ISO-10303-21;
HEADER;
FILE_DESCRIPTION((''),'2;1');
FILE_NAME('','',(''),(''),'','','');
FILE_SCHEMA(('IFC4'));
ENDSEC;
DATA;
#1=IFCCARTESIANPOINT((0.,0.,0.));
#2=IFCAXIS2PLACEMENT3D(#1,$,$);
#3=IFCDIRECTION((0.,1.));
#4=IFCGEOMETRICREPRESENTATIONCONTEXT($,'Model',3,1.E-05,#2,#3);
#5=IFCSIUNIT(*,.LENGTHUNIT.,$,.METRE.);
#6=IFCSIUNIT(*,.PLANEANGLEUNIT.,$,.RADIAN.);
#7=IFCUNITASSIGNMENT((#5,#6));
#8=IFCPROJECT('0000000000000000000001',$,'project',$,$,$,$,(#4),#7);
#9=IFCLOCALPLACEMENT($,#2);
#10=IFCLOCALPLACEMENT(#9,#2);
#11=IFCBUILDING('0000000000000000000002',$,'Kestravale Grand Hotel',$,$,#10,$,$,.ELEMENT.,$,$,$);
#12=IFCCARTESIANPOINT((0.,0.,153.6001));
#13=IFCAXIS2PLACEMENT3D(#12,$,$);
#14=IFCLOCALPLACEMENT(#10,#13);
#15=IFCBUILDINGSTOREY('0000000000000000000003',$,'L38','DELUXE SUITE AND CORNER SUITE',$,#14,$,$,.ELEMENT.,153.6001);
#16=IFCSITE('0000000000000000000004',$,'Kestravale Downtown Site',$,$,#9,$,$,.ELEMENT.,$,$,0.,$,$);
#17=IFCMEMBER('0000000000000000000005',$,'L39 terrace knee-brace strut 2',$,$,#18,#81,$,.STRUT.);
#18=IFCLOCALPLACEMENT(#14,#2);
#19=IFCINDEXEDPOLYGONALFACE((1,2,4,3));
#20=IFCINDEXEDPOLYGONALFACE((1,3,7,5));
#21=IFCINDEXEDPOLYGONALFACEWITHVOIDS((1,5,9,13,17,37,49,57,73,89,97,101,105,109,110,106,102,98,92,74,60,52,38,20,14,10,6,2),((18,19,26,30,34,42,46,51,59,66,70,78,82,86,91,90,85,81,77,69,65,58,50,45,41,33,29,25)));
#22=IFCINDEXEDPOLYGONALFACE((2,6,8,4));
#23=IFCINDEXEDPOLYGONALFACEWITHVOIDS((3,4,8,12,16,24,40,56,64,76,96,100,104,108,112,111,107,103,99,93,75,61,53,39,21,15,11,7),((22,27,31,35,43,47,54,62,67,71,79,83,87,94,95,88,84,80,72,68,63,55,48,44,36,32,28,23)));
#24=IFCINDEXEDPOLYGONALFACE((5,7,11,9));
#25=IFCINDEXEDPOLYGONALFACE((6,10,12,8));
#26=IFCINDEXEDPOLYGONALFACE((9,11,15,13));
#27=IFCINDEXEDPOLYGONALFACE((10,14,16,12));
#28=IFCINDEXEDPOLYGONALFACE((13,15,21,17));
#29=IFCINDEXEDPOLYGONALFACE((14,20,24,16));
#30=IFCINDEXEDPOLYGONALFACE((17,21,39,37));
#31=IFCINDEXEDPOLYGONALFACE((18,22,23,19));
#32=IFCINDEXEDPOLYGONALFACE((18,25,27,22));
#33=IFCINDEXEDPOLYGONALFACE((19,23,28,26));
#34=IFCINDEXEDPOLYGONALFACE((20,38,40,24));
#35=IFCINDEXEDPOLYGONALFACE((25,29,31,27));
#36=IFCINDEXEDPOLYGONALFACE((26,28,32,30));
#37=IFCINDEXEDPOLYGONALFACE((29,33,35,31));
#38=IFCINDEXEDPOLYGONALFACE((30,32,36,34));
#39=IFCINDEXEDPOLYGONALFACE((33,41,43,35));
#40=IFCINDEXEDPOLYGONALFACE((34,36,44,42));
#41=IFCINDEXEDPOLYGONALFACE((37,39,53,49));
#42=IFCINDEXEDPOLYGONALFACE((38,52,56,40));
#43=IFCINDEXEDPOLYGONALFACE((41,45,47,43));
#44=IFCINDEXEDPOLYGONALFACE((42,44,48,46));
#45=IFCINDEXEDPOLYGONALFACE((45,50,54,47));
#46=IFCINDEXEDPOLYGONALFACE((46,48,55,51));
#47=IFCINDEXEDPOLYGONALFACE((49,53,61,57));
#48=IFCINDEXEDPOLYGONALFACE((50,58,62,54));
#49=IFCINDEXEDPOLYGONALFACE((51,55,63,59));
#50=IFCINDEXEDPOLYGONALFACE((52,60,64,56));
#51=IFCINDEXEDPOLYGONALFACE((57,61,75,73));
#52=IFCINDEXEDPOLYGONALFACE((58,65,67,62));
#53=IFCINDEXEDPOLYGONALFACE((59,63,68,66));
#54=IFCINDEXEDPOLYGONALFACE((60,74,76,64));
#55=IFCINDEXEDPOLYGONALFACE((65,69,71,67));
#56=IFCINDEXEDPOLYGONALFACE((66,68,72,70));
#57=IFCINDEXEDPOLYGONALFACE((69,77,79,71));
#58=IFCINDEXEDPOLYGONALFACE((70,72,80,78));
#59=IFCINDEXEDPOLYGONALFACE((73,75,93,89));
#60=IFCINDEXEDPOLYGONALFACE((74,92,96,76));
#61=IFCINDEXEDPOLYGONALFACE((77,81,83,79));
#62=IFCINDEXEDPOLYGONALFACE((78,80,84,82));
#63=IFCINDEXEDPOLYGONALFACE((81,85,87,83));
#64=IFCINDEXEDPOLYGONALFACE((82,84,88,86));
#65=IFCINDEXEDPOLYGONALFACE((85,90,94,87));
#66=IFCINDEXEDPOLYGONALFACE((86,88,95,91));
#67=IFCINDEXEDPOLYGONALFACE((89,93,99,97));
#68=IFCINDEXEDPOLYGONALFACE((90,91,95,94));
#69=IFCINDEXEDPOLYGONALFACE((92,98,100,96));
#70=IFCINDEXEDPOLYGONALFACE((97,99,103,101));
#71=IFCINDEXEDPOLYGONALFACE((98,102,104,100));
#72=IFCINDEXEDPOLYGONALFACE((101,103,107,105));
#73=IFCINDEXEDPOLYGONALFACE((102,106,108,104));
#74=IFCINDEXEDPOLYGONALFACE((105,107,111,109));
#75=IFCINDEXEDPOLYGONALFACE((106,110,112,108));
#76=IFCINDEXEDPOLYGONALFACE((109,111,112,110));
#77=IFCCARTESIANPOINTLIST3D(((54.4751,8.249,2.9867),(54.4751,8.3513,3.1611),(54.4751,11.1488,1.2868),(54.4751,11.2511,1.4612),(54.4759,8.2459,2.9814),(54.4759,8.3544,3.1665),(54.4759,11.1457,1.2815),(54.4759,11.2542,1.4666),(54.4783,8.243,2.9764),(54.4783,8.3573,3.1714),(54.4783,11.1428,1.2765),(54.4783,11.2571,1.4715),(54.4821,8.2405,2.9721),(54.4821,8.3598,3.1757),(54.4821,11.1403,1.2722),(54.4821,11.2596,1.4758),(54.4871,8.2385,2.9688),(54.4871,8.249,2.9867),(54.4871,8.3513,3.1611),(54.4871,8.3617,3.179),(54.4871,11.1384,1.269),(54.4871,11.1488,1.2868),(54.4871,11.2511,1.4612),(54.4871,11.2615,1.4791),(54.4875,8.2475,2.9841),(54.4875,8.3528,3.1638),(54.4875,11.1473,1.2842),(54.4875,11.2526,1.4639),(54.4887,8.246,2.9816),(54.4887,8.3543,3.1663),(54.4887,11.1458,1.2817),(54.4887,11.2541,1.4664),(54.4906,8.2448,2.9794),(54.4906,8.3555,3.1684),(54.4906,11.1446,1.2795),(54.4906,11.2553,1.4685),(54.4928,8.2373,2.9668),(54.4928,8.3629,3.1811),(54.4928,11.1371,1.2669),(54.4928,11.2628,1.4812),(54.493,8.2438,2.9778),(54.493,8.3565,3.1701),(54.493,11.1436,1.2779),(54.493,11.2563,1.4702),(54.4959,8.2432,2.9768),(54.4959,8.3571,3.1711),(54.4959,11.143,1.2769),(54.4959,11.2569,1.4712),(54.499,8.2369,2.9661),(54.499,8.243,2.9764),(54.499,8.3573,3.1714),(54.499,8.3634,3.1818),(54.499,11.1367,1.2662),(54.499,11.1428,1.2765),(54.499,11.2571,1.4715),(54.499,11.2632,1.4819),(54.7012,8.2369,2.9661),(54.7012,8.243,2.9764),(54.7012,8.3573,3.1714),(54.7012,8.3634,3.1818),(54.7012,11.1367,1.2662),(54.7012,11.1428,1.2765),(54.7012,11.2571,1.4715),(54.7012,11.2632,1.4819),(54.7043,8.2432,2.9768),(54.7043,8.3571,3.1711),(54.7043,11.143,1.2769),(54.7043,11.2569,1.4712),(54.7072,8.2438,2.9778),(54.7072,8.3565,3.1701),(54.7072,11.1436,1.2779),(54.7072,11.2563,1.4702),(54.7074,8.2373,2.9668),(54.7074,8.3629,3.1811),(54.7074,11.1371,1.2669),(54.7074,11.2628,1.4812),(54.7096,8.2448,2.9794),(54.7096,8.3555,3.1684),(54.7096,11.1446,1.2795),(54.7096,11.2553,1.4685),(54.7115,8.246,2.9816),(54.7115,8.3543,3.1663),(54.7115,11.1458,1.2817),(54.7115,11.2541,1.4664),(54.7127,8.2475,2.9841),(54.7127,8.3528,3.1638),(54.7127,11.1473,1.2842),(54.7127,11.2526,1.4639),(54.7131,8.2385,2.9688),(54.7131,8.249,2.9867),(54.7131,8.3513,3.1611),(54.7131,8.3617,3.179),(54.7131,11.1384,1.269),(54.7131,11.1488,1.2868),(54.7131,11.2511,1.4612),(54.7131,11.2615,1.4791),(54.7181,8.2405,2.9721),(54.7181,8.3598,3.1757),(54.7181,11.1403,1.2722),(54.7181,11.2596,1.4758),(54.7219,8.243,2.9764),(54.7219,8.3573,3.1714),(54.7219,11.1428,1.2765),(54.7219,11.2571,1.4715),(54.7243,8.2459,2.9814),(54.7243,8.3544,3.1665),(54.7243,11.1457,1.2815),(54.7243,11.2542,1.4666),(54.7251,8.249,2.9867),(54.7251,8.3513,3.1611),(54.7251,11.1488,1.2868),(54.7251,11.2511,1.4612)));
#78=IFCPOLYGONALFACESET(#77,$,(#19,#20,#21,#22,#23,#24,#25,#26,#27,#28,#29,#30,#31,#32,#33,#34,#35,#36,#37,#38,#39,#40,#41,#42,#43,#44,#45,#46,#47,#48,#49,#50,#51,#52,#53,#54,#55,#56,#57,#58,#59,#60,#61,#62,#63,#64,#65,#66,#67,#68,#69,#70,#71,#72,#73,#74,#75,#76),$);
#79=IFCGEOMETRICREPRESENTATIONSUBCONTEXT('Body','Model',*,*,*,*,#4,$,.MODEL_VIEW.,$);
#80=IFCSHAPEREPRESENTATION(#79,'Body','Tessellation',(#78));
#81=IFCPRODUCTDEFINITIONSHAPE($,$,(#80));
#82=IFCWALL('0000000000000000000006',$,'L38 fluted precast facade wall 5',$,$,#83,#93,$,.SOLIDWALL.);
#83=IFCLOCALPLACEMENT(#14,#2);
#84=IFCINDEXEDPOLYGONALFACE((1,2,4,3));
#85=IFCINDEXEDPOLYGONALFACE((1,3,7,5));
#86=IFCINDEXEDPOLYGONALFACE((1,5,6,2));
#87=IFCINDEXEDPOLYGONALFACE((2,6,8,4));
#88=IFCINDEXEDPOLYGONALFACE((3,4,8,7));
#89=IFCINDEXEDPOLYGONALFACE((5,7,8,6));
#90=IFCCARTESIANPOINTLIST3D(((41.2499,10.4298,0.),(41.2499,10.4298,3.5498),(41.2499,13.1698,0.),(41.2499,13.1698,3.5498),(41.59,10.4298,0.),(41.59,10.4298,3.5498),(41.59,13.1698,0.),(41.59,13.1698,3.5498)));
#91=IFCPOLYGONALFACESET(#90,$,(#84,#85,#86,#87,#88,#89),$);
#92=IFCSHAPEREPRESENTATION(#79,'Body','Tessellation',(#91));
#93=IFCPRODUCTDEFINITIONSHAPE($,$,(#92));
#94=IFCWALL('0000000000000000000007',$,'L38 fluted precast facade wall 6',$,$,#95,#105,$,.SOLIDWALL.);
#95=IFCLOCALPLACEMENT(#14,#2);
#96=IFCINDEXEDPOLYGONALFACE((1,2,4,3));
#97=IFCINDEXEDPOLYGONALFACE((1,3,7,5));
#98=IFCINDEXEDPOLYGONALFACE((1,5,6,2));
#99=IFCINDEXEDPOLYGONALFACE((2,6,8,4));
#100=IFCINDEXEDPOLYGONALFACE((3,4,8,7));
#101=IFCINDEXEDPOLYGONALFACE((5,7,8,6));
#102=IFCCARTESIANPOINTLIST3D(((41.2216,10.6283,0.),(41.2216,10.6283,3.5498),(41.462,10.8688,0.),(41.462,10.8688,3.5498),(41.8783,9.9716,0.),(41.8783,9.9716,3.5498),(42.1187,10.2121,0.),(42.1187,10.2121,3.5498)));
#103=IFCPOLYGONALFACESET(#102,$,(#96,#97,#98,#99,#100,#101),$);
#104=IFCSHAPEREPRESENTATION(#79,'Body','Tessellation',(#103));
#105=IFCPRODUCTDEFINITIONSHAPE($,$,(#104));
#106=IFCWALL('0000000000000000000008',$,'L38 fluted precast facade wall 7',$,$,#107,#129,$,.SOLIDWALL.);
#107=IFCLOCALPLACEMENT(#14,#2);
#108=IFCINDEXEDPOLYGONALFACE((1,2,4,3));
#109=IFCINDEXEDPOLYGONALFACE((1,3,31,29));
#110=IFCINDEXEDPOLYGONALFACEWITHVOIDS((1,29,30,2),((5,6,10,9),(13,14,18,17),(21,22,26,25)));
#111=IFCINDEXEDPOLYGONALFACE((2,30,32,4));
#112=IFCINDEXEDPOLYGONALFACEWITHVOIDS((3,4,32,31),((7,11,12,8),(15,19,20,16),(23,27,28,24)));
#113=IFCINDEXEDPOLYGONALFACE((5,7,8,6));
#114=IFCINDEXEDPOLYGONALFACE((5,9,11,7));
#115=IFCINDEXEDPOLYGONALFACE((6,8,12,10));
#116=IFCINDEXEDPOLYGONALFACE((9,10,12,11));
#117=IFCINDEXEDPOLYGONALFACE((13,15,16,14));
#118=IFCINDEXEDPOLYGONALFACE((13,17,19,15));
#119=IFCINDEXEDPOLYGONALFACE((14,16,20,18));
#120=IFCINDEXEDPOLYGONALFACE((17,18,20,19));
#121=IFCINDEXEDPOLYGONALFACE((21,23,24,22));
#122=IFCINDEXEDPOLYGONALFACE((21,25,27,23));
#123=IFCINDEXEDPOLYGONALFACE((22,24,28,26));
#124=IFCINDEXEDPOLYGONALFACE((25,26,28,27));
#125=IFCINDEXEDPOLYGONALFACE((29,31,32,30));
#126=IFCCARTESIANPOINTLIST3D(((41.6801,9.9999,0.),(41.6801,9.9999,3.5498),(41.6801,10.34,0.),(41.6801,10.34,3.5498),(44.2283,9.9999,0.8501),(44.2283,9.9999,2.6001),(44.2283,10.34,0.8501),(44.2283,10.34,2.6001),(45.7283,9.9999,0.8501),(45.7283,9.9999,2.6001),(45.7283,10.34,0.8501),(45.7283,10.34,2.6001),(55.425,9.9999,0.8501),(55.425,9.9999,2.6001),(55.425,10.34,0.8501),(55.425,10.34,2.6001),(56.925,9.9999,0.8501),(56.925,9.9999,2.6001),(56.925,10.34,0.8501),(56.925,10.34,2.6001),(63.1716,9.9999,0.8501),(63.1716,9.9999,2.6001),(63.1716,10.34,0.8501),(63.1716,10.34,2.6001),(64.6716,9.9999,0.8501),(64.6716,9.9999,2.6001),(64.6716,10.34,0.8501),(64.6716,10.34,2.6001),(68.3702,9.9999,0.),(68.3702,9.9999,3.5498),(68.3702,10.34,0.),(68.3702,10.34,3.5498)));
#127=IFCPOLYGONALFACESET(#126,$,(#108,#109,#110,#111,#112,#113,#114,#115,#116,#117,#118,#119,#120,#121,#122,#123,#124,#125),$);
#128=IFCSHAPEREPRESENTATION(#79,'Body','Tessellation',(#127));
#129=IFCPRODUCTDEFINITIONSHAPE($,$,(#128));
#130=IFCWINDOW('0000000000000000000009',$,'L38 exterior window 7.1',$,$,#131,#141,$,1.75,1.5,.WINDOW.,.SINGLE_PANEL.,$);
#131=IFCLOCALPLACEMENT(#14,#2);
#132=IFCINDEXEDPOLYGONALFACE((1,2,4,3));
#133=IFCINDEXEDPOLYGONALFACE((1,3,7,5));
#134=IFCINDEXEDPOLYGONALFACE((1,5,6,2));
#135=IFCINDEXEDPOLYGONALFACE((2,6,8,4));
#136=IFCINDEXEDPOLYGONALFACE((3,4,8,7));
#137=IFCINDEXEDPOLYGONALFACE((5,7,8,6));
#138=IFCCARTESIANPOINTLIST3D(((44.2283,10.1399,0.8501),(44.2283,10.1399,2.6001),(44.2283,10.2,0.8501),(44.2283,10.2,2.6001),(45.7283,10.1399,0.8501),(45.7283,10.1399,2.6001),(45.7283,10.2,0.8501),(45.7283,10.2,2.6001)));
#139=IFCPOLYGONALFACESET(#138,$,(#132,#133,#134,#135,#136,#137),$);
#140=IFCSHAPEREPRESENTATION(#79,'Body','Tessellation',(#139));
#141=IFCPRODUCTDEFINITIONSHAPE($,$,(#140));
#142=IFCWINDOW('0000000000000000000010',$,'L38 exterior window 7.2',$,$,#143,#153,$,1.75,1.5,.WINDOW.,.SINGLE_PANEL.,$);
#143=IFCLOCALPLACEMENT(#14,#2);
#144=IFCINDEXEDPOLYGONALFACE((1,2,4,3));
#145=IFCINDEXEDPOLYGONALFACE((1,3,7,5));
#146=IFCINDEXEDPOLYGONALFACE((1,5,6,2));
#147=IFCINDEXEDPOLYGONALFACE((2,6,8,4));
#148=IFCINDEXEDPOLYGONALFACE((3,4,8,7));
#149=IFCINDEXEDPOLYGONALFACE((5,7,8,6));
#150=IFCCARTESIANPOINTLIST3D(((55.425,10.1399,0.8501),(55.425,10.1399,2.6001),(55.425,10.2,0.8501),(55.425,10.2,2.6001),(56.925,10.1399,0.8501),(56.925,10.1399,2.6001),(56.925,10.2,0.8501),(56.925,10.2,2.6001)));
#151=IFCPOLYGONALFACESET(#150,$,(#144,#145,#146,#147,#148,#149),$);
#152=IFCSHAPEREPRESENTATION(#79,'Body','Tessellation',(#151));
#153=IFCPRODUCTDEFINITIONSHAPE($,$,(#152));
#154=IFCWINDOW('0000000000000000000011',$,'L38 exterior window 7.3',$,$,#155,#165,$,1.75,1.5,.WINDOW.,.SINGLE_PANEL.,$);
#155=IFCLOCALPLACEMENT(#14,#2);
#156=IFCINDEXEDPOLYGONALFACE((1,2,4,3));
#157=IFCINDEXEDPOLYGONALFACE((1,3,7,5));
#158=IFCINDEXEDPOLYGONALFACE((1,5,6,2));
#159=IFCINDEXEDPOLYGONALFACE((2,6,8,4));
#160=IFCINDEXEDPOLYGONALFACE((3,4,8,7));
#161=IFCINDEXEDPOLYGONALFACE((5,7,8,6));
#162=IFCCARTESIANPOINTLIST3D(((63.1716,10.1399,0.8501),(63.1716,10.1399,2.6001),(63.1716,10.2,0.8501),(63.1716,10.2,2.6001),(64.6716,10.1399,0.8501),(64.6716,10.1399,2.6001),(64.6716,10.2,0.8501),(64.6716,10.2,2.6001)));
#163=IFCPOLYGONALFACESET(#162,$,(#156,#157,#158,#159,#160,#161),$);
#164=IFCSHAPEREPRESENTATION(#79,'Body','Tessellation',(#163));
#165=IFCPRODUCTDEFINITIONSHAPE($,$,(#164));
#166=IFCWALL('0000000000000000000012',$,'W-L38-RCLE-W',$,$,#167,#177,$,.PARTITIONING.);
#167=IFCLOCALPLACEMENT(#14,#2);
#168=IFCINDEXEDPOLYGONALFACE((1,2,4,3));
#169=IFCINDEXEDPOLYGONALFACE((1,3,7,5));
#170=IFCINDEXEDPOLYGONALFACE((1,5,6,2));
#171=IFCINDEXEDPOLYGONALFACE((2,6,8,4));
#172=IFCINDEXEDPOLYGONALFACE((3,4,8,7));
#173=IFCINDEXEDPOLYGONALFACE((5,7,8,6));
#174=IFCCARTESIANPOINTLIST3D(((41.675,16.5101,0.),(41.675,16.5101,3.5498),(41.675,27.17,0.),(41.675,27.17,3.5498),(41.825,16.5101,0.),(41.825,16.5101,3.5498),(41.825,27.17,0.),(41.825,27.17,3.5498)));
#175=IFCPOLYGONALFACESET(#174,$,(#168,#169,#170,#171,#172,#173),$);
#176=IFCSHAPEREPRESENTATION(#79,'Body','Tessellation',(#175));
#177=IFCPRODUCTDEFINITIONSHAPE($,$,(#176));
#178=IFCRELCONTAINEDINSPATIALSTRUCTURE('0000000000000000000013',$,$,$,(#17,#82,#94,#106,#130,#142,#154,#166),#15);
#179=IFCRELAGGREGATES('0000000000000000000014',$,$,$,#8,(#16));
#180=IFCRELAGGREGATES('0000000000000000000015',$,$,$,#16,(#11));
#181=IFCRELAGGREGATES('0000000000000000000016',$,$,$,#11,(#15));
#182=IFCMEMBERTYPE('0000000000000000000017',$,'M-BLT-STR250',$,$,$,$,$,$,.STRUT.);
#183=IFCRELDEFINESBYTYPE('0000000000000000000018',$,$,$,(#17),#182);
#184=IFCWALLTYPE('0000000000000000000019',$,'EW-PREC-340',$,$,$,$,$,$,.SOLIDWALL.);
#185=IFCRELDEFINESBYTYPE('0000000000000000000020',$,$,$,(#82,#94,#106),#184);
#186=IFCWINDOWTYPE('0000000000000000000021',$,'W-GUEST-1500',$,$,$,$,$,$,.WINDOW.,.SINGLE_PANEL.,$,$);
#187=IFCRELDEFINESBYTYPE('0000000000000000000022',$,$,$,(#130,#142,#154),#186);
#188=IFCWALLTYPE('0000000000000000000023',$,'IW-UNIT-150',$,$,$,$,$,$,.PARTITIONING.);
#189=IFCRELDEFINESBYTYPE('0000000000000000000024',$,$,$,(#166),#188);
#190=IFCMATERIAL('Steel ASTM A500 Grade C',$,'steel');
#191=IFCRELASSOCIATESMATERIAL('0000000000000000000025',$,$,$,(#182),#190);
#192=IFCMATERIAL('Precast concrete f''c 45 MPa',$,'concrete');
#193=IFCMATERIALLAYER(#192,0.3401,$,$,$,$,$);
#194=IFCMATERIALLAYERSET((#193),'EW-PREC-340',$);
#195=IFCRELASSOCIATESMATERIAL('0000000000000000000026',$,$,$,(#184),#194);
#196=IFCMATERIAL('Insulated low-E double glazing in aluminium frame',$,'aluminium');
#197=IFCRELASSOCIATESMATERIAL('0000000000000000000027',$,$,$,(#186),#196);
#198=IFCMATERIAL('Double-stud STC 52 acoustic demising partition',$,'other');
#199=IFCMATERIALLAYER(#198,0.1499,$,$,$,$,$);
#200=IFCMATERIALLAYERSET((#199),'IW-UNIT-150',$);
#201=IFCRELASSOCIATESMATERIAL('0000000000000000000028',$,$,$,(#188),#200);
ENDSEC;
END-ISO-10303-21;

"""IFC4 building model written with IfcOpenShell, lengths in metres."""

from ifc_helpers import new_model, si_unit, direction, frame, frame_2d, origin, origin_2d, place, context, subcontext, project, spatial, rectangle, hollow_rectangle, extrude, material, layer, layer_set, material_profile, profile_set, type_object, element, fill, save


model = new_model("IFC4")

# Units and contexts
model_context = context("Model", 3, precision=1e-05, world=origin(), true_north=direction((0.0, 1.0)))
body_context = subcontext(model_context, "Body", "Model", "MODEL_VIEW")
ifc_project = project(units=[si_unit("LENGTHUNIT", "METRE"), si_unit("PLANEANGLEUNIT", "RADIAN")], contexts=[model_context])

# Site, building, storey
site_placement = place(None, origin())
site = spatial("IfcSite", under=ifc_project, at=site_placement, Name="Kestravale Downtown Site", CompositionType="ELEMENT", RefElevation=0.0)
building_placement = place(site_placement, origin())
building = spatial("IfcBuilding", under=site, at=building_placement, Name="Kestravale Grand Hotel", CompositionType="ELEMENT")
storey_placement = place(building_placement, frame((0.0, 0.0, 153.6001)))
storey = spatial("IfcBuildingStorey", under=building, at=storey_placement, Name="L38", Description="DELUXE SUITE AND CORNER SUITE", CompositionType="ELEMENT", Elevation=153.6001)

# Member
ifc_material_1 = material(Name="Steel ASTM A500 Grade C", Category="steel")
ifc_material_profile_1 = material_profile(ifc_material_1, hollow_rectangle(XDim=0.25, YDim=0.25, WallThickness=0.012, InnerFilletRadius=0.012, OuterFilletRadius=0.0239, at=origin_2d()))
ifc_profile_set_1 = profile_set([ifc_material_profile_1], Name="Steel ASTM A500 Grade C")
member_type = type_object("IfcMemberType", Name="M-BLT-STR250", PredefinedType="STRUT", material=ifc_profile_set_1)
for number, where, z_axis, x_axis, name in (
    (1, (54.6001, 11.2, 1.374), (0.0, -0.862697, 0.505721), (1.0, 0.0, 0.0), "L39 terrace knee-brace strut 2"),
):
    element("IfcMember", number, at=place(storey_placement, frame(where, z_axis=z_axis, x_axis=x_axis)), inside=storey, type_object=member_type, Name=name, PredefinedType="STRUT", context=body_context, shape_type="SweptSolid", body=[
        extrude(hollow_rectangle(XDim=0.25, YDim=0.25, WallThickness=0.012, InnerFilletRadius=0.012, OuterFilletRadius=0.0239, at=origin_2d()), origin(), (0.0, 0.0, 1.0), 3.3613),
    ])

# Walls
ifc_material_2 = material(Name="Precast concrete f'c 45 MPa", Category="concrete")
ifc_layer_1 = layer(ifc_material_2, 0.3401)
ifc_layer_set_1 = layer_set([ifc_layer_1], Name="EW-PREC-340")
wall_type_1 = type_object("IfcWallType", Name="EW-PREC-340", PredefinedType="SOLIDWALL", material=ifc_layer_set_1)
wall_1_placement = place(storey_placement, frame((41.4199, 13.1699, 0.0), z_axis=(0.0, 0.0, 1.0), x_axis=(0.0, -1.0, 0.0)))
element("IfcWall", 2, at=wall_1_placement, inside=storey, type_object=wall_type_1, Name="L38 fluted precast facade wall 5", PredefinedType="SOLIDWALL", context=body_context, shape_type="SweptSolid", body=[
    extrude(rectangle(XDim=2.74, YDim=0.3401, at=frame_2d((1.3701, 0.0))), origin(), (0.0, 0.0, 1.0), 3.5498),
])
wall_2_placement = place(storey_placement, frame((41.3418, 10.7485, 0.0), z_axis=(0.0, 0.0, 1.0), x_axis=(0.707107, -0.707107, 0.0)))
element("IfcWall", 3, at=wall_2_placement, inside=storey, type_object=wall_type_1, Name="L38 fluted precast facade wall 6", PredefinedType="SOLIDWALL", context=body_context, shape_type="SweptSolid", body=[
    extrude(rectangle(XDim=0.9287, YDim=0.3401, at=frame_2d((0.4644, 0.0))), origin(), (0.0, 0.0, 1.0), 3.5498),
])

# Wall, openings, windows
wall_3_placement = place(storey_placement, frame((41.6799, 10.1699, 0.0), z_axis=(0.0, 0.0, 1.0), x_axis=(1.0, 0.0, 0.0)))
wall_3 = element("IfcWall", 4, at=wall_3_placement, inside=storey, type_object=wall_type_1, Name="L38 fluted precast facade wall 7", PredefinedType="SOLIDWALL", context=body_context, shape_type="SweptSolid", body=[
    extrude(rectangle(XDim=26.6902, YDim=0.3401, at=frame_2d((13.3452, 0.0))), origin(), (0.0, 0.0, 1.0), 3.5498),
])
opening_1_placement = place(wall_3_placement, frame((2.5483, 0.0, 0.8501)))
opening_1 = element("IfcOpeningElement", 5, at=opening_1_placement, cuts=wall_3, PredefinedType="OPENING", context=body_context, shape_type="SweptSolid", body=[
    extrude(rectangle(XDim=1.5, YDim=1.75, at=frame_2d((0.75, 0.875))), frame((0.0, 0.1799, 0.0), z_axis=(0.0, -1.0, 0.0), x_axis=(1.0, 0.0, 0.0)), (0.0, 0.0, 1.0), 0.3601),
])
opening_2_placement = place(wall_3_placement, frame((13.7451, 0.0, 0.8501)))
opening_2 = element("IfcOpeningElement", 6, at=opening_2_placement, cuts=wall_3, PredefinedType="OPENING", context=body_context, shape_type="SweptSolid", body=[
    extrude(rectangle(XDim=1.5, YDim=1.75, at=frame_2d((0.75, 0.875))), frame((0.0, 0.1799, 0.0), z_axis=(0.0, -1.0, 0.0), x_axis=(1.0, 0.0, 0.0)), (0.0, 0.0, 1.0), 0.3601),
])
opening_3_placement = place(wall_3_placement, frame((21.4917, 0.0, 0.8501)))
opening_3 = element("IfcOpeningElement", 7, at=opening_3_placement, cuts=wall_3, PredefinedType="OPENING", context=body_context, shape_type="SweptSolid", body=[
    extrude(rectangle(XDim=1.5, YDim=1.75, at=frame_2d((0.75, 0.875))), frame((0.0, 0.1799, 0.0), z_axis=(0.0, -1.0, 0.0), x_axis=(1.0, 0.0, 0.0)), (0.0, 0.0, 1.0), 0.3601),
])
ifc_material_3 = material(Name="Insulated low-E double glazing in aluminium frame", Category="aluminium")
window_type = type_object("IfcWindowType", Name="W-GUEST-1500", PartitioningType="SINGLE_PANEL", PredefinedType="WINDOW", material=ifc_material_3)
window_1_placement = place(opening_1_placement, origin())
window_1 = element("IfcWindow", 8, at=window_1_placement, inside=storey, type_object=window_type, Name="L38 exterior window 7.1", OverallHeight=1.75, OverallWidth=1.5, PartitioningType="SINGLE_PANEL", PredefinedType="WINDOW", context=body_context, shape_type="SweptSolid", body=[
    extrude(rectangle(XDim=1.5, YDim=1.75, at=frame_2d((0.75, 0.875))), frame((0.0, 0.03, 0.0), z_axis=(0.0, -1.0, 0.0), x_axis=(1.0, 0.0, 0.0)), (0.0, 0.0, 1.0), 0.0601),
])
fill(opening_1, window_1)
window_2_placement = place(opening_2_placement, origin())
window_2 = element("IfcWindow", 9, at=window_2_placement, inside=storey, type_object=window_type, Name="L38 exterior window 7.2", OverallHeight=1.75, OverallWidth=1.5, PartitioningType="SINGLE_PANEL", PredefinedType="WINDOW", context=body_context, shape_type="SweptSolid", body=[
    extrude(rectangle(XDim=1.5, YDim=1.75, at=frame_2d((0.75, 0.875))), frame((0.0, 0.03, 0.0), z_axis=(0.0, -1.0, 0.0), x_axis=(1.0, 0.0, 0.0)), (0.0, 0.0, 1.0), 0.0601),
])
fill(opening_2, window_2)
window_3_placement = place(opening_3_placement, origin())
window_3 = element("IfcWindow", 10, at=window_3_placement, inside=storey, type_object=window_type, Name="L38 exterior window 7.3", OverallHeight=1.75, OverallWidth=1.5, PartitioningType="SINGLE_PANEL", PredefinedType="WINDOW", context=body_context, shape_type="SweptSolid", body=[
    extrude(rectangle(XDim=1.5, YDim=1.75, at=frame_2d((0.75, 0.875))), frame((0.0, 0.03, 0.0), z_axis=(0.0, -1.0, 0.0), x_axis=(1.0, 0.0, 0.0)), (0.0, 0.0, 1.0), 0.0601),
])
fill(opening_3, window_3)

# Wall
ifc_material_4 = material(Name="Double-stud STC 52 acoustic demising partition", Category="other")
ifc_layer_2 = layer(ifc_material_4, 0.1499)
ifc_layer_set_2 = layer_set([ifc_layer_2], Name="IW-UNIT-150")
wall_type_2 = type_object("IfcWallType", Name="IW-UNIT-150", PredefinedType="PARTITIONING", material=ifc_layer_set_2)
wall_4_placement = place(storey_placement, frame((41.75, 16.51, 0.0), z_axis=(0.0, 0.0, 1.0), x_axis=(0.0, 1.0, 0.0)))
element("IfcWall", 11, at=wall_4_placement, inside=storey, type_object=wall_type_2, Name="W-L38-RCLE-W", PredefinedType="PARTITIONING", context=body_context, shape_type="SweptSolid", body=[
    extrude(rectangle(XDim=10.6599, YDim=0.1499, at=frame_2d((5.3301, 0.0))), origin(), (0.0, 0.0, 1.0), 3.5498),
])

save(model, "model.ifc")
